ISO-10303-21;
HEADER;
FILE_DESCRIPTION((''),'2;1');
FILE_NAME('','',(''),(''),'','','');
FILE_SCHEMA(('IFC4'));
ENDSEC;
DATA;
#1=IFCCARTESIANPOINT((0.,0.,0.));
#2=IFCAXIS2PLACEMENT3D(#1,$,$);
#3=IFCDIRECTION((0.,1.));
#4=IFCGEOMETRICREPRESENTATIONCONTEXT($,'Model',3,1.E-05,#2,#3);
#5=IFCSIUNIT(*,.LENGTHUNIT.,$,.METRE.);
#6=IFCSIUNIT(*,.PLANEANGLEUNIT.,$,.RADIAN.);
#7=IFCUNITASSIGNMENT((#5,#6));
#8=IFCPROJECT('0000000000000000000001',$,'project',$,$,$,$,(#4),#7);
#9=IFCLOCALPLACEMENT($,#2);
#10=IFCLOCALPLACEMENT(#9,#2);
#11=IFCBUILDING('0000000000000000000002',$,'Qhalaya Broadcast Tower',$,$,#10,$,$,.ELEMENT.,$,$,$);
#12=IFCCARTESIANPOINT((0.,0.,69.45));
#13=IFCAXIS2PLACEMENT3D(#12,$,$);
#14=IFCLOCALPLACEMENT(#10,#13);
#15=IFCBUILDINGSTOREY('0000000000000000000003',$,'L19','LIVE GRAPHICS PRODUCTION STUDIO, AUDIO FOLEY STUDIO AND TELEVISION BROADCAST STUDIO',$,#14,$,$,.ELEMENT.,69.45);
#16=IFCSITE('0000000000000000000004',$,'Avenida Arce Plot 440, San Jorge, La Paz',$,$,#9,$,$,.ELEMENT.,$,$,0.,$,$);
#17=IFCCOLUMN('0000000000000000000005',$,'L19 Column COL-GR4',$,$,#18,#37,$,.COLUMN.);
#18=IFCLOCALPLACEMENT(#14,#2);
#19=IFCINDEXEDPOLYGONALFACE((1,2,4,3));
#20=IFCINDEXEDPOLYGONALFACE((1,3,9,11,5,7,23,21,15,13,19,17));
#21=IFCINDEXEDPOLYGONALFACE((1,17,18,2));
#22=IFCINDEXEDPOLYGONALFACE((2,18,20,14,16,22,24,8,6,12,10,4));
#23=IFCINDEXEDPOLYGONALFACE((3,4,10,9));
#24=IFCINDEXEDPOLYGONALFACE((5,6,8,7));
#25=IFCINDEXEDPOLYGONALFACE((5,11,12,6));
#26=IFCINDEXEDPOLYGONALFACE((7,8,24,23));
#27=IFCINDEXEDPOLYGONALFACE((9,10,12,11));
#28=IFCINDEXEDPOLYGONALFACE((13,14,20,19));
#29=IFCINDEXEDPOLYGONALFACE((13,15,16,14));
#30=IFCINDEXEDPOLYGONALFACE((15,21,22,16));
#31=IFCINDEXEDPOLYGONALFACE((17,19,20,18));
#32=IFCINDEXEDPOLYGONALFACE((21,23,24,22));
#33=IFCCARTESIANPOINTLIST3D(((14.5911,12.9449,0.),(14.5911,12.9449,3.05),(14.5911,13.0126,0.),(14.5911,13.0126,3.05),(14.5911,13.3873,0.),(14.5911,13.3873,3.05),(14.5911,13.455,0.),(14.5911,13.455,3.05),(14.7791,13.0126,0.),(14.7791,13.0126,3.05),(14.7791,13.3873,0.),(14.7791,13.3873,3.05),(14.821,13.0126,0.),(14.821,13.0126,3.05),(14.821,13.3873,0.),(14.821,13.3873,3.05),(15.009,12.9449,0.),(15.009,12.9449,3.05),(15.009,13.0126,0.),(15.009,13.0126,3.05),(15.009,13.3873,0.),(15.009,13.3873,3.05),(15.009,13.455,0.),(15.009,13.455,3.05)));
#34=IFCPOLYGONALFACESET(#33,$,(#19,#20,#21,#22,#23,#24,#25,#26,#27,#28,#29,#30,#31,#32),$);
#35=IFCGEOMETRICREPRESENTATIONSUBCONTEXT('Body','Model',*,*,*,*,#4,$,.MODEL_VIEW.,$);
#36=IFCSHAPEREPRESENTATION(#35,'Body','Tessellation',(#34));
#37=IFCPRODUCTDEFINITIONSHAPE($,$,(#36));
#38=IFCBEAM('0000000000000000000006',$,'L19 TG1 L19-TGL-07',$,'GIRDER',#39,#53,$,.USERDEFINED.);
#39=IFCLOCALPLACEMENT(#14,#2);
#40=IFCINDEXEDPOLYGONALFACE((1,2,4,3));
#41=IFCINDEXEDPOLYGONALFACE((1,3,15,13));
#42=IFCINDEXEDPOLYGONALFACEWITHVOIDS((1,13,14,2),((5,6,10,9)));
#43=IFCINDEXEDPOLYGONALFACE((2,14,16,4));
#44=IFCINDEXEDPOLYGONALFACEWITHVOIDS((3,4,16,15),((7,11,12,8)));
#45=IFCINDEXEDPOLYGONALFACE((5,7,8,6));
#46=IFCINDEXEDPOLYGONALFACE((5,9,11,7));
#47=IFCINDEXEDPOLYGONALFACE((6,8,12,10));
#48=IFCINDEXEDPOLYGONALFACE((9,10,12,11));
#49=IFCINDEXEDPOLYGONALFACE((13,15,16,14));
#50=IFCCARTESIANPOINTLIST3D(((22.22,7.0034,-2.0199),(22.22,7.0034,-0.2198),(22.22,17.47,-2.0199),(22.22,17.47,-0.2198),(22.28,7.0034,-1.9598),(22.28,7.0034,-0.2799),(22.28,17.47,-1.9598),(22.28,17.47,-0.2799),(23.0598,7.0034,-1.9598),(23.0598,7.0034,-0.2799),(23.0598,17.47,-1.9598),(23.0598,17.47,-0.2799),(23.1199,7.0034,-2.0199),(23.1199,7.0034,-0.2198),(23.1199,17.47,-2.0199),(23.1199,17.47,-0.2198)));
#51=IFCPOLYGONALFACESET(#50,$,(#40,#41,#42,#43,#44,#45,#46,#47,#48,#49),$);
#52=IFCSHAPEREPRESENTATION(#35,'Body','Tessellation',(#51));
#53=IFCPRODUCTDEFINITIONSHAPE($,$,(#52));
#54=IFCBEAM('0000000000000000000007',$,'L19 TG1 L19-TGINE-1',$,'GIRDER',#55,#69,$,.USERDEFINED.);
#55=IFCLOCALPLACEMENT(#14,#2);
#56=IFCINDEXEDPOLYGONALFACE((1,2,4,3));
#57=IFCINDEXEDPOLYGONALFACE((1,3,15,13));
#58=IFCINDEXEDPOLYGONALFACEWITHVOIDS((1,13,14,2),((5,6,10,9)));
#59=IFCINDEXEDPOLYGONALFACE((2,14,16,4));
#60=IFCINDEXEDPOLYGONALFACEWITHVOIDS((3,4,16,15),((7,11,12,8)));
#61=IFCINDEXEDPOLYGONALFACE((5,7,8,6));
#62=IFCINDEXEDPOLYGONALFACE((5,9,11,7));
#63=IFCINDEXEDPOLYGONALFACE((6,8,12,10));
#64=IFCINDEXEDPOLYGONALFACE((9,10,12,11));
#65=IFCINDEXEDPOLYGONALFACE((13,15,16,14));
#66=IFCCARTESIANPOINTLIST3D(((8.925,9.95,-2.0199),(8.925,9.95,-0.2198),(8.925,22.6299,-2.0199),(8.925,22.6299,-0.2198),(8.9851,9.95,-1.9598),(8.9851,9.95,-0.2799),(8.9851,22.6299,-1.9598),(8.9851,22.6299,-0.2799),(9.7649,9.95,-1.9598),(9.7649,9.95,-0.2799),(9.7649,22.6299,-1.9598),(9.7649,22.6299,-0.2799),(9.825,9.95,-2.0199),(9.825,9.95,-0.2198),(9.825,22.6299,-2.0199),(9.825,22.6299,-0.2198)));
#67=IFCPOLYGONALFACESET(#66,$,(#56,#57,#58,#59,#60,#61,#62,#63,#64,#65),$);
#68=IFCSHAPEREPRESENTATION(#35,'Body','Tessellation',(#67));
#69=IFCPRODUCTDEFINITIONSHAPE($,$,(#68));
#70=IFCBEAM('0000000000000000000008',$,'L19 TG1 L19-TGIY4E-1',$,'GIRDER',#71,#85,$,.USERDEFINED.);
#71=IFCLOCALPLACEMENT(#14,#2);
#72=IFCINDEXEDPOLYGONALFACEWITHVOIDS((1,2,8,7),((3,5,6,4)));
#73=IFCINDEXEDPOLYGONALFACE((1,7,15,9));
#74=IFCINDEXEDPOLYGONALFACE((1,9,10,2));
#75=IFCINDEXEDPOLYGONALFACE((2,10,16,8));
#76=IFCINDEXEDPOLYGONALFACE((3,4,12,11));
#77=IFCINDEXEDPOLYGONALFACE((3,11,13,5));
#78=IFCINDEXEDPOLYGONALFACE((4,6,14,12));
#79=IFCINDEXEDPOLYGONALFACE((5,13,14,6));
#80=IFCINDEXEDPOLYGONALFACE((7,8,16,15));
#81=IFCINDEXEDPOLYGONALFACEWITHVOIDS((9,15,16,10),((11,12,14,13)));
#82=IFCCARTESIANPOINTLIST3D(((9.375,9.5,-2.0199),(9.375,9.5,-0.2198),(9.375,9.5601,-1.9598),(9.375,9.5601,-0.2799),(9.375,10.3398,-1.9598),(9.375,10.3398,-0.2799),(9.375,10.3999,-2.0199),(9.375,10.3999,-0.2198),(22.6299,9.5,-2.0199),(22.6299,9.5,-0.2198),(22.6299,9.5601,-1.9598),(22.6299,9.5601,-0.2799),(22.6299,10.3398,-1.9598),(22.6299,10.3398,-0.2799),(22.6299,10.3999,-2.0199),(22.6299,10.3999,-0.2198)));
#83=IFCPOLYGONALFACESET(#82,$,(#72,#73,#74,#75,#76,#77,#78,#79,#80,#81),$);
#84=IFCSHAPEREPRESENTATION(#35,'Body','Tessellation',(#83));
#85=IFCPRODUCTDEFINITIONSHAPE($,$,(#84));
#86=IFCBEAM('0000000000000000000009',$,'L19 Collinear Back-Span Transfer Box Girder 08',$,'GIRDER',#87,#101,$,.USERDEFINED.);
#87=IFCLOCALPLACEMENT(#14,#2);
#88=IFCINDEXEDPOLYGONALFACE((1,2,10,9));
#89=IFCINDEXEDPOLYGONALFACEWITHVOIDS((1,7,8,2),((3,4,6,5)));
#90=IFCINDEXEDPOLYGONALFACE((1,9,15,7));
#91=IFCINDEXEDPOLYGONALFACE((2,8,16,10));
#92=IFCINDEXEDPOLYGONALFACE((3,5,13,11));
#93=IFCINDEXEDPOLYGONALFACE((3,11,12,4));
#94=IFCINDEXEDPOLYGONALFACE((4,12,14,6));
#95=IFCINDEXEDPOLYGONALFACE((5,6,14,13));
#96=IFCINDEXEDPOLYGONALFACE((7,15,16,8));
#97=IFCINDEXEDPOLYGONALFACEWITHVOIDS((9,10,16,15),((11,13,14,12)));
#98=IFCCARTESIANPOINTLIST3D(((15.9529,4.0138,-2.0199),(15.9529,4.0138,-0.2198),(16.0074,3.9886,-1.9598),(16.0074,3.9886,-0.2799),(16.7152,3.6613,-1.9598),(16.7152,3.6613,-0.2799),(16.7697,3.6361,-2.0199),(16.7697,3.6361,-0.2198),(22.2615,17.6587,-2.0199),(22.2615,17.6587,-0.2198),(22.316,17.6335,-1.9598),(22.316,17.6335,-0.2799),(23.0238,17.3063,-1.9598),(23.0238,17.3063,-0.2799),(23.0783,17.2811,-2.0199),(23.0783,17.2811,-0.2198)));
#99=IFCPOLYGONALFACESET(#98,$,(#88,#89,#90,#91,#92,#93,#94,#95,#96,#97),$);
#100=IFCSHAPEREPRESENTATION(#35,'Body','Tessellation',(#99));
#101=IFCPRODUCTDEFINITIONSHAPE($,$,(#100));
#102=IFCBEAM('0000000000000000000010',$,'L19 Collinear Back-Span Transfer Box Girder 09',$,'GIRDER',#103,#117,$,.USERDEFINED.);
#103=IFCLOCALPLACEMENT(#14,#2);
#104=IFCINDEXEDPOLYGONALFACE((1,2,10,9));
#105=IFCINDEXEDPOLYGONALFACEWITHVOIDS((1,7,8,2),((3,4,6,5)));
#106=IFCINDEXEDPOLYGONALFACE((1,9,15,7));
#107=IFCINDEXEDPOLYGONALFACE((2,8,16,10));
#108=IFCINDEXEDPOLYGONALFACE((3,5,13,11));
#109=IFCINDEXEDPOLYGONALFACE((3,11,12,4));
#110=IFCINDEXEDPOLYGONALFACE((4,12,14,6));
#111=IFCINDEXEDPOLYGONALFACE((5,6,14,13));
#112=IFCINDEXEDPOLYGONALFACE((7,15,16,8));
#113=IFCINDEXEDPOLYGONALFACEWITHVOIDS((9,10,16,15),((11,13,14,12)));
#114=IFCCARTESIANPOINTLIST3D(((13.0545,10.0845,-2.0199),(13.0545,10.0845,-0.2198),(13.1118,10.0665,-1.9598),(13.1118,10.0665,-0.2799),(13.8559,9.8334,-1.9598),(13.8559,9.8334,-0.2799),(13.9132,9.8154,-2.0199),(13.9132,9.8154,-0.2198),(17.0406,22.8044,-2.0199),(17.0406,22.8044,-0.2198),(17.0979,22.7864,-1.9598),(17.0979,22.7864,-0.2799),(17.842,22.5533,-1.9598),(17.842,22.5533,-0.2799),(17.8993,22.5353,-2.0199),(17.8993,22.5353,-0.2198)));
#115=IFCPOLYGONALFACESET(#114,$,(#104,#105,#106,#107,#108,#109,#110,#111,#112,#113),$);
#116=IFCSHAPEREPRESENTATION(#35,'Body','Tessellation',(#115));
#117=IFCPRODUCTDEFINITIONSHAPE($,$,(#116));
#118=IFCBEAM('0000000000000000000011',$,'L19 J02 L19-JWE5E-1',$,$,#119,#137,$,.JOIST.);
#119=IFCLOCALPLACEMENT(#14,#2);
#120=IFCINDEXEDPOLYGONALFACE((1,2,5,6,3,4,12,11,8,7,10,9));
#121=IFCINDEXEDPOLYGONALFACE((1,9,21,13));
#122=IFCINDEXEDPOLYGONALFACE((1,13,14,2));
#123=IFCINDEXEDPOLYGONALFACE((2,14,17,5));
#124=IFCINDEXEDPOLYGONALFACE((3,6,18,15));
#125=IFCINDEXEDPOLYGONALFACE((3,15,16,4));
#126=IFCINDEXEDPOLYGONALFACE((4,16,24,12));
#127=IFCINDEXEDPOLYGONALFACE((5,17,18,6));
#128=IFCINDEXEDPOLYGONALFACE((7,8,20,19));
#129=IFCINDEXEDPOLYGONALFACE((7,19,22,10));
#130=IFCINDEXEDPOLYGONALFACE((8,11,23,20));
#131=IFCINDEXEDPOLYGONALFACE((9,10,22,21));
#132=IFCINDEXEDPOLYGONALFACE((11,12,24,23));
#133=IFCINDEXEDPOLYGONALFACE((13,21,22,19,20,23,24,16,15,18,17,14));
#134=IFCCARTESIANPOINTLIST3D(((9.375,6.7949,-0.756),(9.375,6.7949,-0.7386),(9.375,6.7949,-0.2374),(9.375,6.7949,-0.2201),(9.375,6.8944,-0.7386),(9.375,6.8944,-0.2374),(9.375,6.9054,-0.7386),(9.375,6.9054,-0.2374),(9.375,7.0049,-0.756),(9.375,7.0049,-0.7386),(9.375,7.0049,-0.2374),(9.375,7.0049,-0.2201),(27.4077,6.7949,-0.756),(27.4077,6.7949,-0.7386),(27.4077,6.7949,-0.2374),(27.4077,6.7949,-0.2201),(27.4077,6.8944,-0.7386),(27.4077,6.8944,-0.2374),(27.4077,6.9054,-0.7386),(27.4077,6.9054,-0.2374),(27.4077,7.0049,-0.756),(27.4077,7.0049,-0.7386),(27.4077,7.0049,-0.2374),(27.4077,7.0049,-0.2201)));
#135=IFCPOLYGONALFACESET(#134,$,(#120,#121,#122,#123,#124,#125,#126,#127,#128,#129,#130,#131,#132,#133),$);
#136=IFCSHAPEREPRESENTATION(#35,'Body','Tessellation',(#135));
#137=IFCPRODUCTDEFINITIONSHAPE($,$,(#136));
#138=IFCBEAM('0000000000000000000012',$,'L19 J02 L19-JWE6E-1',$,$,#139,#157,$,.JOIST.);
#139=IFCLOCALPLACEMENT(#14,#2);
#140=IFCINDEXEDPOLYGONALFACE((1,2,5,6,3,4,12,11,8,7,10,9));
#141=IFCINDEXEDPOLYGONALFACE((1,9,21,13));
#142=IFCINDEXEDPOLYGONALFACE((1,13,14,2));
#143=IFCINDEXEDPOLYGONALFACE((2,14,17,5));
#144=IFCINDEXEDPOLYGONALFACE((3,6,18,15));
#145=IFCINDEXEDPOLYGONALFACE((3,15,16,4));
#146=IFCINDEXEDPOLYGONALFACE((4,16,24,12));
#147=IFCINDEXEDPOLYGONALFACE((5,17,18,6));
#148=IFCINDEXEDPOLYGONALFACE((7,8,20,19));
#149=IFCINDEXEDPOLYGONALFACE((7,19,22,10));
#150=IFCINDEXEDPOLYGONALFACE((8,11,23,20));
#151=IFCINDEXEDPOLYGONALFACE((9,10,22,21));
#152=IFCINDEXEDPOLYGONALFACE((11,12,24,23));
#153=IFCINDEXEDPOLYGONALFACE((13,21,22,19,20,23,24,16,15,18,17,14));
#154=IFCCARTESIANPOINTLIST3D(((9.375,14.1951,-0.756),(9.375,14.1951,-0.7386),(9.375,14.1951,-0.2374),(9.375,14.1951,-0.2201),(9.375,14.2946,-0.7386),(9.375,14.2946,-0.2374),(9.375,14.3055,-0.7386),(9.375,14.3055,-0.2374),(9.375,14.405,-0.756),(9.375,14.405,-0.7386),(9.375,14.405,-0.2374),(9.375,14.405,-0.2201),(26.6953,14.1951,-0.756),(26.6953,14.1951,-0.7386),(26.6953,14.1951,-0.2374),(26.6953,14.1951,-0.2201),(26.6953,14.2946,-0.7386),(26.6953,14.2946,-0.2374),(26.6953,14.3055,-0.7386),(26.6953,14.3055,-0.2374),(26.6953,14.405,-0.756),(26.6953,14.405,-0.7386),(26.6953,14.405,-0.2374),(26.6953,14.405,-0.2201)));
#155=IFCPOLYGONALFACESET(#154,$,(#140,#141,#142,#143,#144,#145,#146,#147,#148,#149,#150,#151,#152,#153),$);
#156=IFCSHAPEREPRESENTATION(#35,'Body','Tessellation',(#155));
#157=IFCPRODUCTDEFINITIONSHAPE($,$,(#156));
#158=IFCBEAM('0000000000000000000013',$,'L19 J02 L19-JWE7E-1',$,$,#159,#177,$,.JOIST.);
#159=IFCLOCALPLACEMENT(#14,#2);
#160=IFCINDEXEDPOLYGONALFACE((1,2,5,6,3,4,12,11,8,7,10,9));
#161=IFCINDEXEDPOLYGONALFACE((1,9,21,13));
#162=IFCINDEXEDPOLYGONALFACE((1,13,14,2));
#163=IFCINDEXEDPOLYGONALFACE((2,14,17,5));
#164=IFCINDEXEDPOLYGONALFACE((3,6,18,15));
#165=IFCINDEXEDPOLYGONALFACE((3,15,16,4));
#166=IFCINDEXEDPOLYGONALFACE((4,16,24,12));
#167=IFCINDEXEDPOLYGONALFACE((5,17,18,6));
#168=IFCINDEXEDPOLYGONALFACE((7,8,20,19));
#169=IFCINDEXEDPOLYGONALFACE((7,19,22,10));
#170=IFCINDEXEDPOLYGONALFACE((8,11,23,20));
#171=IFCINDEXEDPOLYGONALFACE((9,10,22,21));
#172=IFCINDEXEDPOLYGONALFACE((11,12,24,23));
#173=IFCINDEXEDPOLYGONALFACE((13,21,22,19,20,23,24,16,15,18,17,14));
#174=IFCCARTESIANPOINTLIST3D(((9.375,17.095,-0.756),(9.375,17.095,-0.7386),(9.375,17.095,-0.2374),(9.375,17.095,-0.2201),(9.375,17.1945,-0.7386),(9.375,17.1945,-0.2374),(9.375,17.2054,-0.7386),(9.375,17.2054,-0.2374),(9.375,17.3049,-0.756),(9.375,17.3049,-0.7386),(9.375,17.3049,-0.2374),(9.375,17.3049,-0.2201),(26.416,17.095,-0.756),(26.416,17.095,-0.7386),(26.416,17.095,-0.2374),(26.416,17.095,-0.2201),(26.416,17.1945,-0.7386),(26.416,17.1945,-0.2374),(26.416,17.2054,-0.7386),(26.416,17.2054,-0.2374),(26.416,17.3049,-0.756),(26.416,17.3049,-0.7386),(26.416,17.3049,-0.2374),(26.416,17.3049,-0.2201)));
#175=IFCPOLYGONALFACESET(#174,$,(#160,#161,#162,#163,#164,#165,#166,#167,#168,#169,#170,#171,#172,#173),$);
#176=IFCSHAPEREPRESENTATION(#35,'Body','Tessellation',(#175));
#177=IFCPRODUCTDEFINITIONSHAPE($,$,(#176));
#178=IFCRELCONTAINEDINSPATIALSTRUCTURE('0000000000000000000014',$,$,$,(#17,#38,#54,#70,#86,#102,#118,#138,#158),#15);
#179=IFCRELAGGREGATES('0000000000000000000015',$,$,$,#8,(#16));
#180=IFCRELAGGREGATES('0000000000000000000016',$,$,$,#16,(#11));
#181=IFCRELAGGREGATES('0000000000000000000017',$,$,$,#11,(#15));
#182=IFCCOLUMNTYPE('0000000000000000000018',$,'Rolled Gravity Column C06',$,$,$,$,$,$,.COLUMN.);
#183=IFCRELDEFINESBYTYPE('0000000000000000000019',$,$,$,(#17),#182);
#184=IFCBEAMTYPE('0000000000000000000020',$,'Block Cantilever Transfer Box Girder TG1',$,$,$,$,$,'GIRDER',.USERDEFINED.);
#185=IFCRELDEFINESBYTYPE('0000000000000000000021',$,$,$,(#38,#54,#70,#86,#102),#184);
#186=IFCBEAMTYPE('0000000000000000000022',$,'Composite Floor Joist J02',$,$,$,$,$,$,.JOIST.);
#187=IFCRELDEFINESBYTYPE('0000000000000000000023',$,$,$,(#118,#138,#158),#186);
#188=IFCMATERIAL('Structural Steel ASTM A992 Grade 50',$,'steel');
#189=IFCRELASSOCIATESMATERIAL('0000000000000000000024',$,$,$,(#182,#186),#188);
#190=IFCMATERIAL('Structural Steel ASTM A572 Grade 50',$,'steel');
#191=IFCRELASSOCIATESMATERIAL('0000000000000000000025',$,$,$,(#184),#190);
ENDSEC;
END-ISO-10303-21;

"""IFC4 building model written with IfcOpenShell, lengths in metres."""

from ifc_helpers import new_model, si_unit, direction, frame, origin, origin_2d, place, context, subcontext, project, spatial, hollow_rectangle, i_section, extrude, material, material_profile, profile_set, type_object, element, save


model = new_model("IFC4")

# Units and contexts
model_context = context("Model", 3, precision=1e-05, world=origin(), true_north=direction((0.0, 1.0)))
body_context = subcontext(model_context, "Body", "Model", "MODEL_VIEW")
ifc_project = project(units=[si_unit("LENGTHUNIT", "METRE"), si_unit("PLANEANGLEUNIT", "RADIAN")], contexts=[model_context])

# Site, building, storey
site_placement = place(None, origin())
site = spatial("IfcSite", under=ifc_project, at=site_placement, Name="Avenida Arce Plot 440, San Jorge, La Paz", CompositionType="ELEMENT", RefElevation=0.0)
building_placement = place(site_placement, origin())
building = spatial("IfcBuilding", under=site, at=building_placement, Name="Qhalaya Broadcast Tower", CompositionType="ELEMENT")
storey_placement = place(building_placement, frame((0.0, 0.0, 69.45)))
storey = spatial("IfcBuildingStorey", under=building, at=storey_placement, Name="L19", Description="LIVE GRAPHICS PRODUCTION STUDIO, AUDIO FOLEY STUDIO AND TELEVISION BROADCAST STUDIO", CompositionType="ELEMENT", Elevation=69.45)

# Column
ifc_material_1 = material(Name="Structural Steel ASTM A992 Grade 50", Category="steel")
ifc_material_profile_1 = material_profile(ifc_material_1, i_section(OverallWidth=0.418, OverallDepth=0.51, WebThickness=0.042, FlangeThickness=0.0676, at=origin_2d()), Name="W14X370")
ifc_profile_set_1 = profile_set([ifc_material_profile_1], Name="Structural Steel ASTM A992 Grade 50")
column_type = type_object("IfcColumnType", Name="Rolled Gravity Column C06", PredefinedType="COLUMN", material=ifc_profile_set_1)
column_placement = place(storey_placement, frame((14.8, 13.2, 0.0), z_axis=(0.0, 0.0, 1.0), x_axis=(1.0, 0.0, 0.0)))
element("IfcColumn", 1, at=column_placement, inside=storey, type_object=column_type, Name="L19 Column COL-GR4", PredefinedType="COLUMN", context=body_context, shape_type="SweptSolid", body=[
    extrude(i_section(OverallWidth=0.418, OverallDepth=0.51, WebThickness=0.042, FlangeThickness=0.0676, at=origin_2d()), origin(), (0.0, 0.0, 1.0), 3.05),
])

# Beams
ifc_material_2 = material(Name="Structural Steel ASTM A572 Grade 50", Category="steel")
ifc_material_profile_2 = material_profile(ifc_material_2, hollow_rectangle(XDim=0.8999, YDim=1.8, WallThickness=0.0601, at=origin_2d()), Name="BOX 900x1800x60")
ifc_profile_set_2 = profile_set([ifc_material_profile_2], Name="Structural Steel ASTM A572 Grade 50")
beam_type_1 = type_object("IfcBeamType", Name="Block Cantilever Transfer Box Girder TG1", ElementType="GIRDER", PredefinedType="USERDEFINED", material=ifc_profile_set_2)
beam_1_placement = place(storey_placement, frame((22.6699, 7.0034, -1.1199), z_axis=(0.0, 1.0, 0.0), x_axis=(-1.0, 0.0, 0.0)))
element("IfcBeam", 2, at=beam_1_placement, inside=storey, type_object=beam_type_1, Name="L19 TG1 L19-TGL-07", ObjectType="GIRDER", PredefinedType="USERDEFINED", context=body_context, shape_type="SweptSolid", body=[
    extrude(hollow_rectangle(XDim=0.8999, YDim=1.8, WallThickness=0.0601, at=origin_2d()), origin(), (0.0, 0.0, 1.0), 10.4666),
])
beam_2_placement = place(storey_placement, frame((9.375, 9.95, -1.1199), z_axis=(0.0, 1.0, 0.0), x_axis=(-1.0, 0.0, 0.0)))
element("IfcBeam", 3, at=beam_2_placement, inside=storey, type_object=beam_type_1, Name="L19 TG1 L19-TGINE-1", ObjectType="GIRDER", PredefinedType="USERDEFINED", context=body_context, shape_type="SweptSolid", body=[
    extrude(hollow_rectangle(XDim=0.8999, YDim=1.8, WallThickness=0.0601, at=origin_2d()), origin(), (0.0, 0.0, 1.0), 12.6799),
])
beam_3_placement = place(storey_placement, frame((9.375, 9.95, -1.1199), z_axis=(1.0, 0.0, 0.0), x_axis=(0.0, 1.0, 0.0)))
element("IfcBeam", 4, at=beam_3_placement, inside=storey, type_object=beam_type_1, Name="L19 TG1 L19-TGIY4E-1", ObjectType="GIRDER", PredefinedType="USERDEFINED", context=body_context, shape_type="SweptSolid", body=[
    extrude(hollow_rectangle(XDim=0.8999, YDim=1.8, WallThickness=0.0601, at=origin_2d()), origin(), (0.0, 0.0, 1.0), 13.2549),
])
beam_4_placement = place(storey_placement, frame((16.3613, 3.825, -1.1199), z_axis=(0.419655, 0.907683, 0.0), x_axis=(-0.907683, 0.419655, 0.0)))
element("IfcBeam", 5, at=beam_4_placement, inside=storey, type_object=beam_type_1, Name="L19 Collinear Back-Span Transfer Box Girder 08", ObjectType="GIRDER", PredefinedType="USERDEFINED", context=body_context, shape_type="SweptSolid", body=[
    extrude(hollow_rectangle(XDim=0.8999, YDim=1.8, WallThickness=0.0601, at=origin_2d()), origin(), (0.0, 0.0, 1.0), 15.0327),
])
beam_5_placement = place(storey_placement, frame((13.4839, 9.95, -1.1199), z_axis=(0.299033, 0.954243, 0.0), x_axis=(-0.954243, 0.299033, 0.0)))
element("IfcBeam", 6, at=beam_5_placement, inside=storey, type_object=beam_type_1, Name="L19 Collinear Back-Span Transfer Box Girder 09", ObjectType="GIRDER", PredefinedType="USERDEFINED", context=body_context, shape_type="SweptSolid", body=[
    extrude(hollow_rectangle(XDim=0.8999, YDim=1.8, WallThickness=0.0601, at=origin_2d()), origin(), (0.0, 0.0, 1.0), 13.3298),
])
ifc_material_profile_3 = material_profile(ifc_material_1, i_section(OverallWidth=0.21, OverallDepth=0.5359, WebThickness=0.011, FlangeThickness=0.0173, at=origin_2d()), Name="W21X68")
ifc_profile_set_3 = profile_set([ifc_material_profile_3], Name="Structural Steel ASTM A992 Grade 50")
beam_type_2 = type_object("IfcBeamType", Name="Composite Floor Joist J02", PredefinedType="JOIST", material=ifc_profile_set_3)
beam_6_placement = place(storey_placement, frame((9.375, 6.8999, -0.488), z_axis=(1.0, 0.0, 0.0), x_axis=(0.0, 1.0, 0.0)))
element("IfcBeam", 7, at=beam_6_placement, inside=storey, type_object=beam_type_2, Name="L19 J02 L19-JWE5E-1", PredefinedType="JOIST", context=body_context, shape_type="SweptSolid", body=[
    extrude(i_section(OverallWidth=0.21, OverallDepth=0.5359, WebThickness=0.011, FlangeThickness=0.0173, at=origin_2d()), origin(), (0.0, 0.0, 1.0), 18.0327),
])
beam_7_placement = place(storey_placement, frame((9.375, 14.3, -0.488), z_axis=(1.0, 0.0, 0.0), x_axis=(0.0, 1.0, 0.0)))
element("IfcBeam", 8, at=beam_7_placement, inside=storey, type_object=beam_type_2, Name="L19 J02 L19-JWE6E-1", PredefinedType="JOIST", context=body_context, shape_type="SweptSolid", body=[
    extrude(i_section(OverallWidth=0.21, OverallDepth=0.5359, WebThickness=0.011, FlangeThickness=0.0173, at=origin_2d()), origin(), (0.0, 0.0, 1.0), 17.3203),
])
beam_8_placement = place(storey_placement, frame((9.375, 17.2, -0.488), z_axis=(1.0, 0.0, 0.0), x_axis=(0.0, 1.0, 0.0)))
element("IfcBeam", 9, at=beam_8_placement, inside=storey, type_object=beam_type_2, Name="L19 J02 L19-JWE7E-1", PredefinedType="JOIST", context=body_context, shape_type="SweptSolid", body=[
    extrude(i_section(OverallWidth=0.21, OverallDepth=0.5359, WebThickness=0.011, FlangeThickness=0.0173, at=origin_2d()), origin(), (0.0, 0.0, 1.0), 17.041),
])

save(model, "model.ifc")
